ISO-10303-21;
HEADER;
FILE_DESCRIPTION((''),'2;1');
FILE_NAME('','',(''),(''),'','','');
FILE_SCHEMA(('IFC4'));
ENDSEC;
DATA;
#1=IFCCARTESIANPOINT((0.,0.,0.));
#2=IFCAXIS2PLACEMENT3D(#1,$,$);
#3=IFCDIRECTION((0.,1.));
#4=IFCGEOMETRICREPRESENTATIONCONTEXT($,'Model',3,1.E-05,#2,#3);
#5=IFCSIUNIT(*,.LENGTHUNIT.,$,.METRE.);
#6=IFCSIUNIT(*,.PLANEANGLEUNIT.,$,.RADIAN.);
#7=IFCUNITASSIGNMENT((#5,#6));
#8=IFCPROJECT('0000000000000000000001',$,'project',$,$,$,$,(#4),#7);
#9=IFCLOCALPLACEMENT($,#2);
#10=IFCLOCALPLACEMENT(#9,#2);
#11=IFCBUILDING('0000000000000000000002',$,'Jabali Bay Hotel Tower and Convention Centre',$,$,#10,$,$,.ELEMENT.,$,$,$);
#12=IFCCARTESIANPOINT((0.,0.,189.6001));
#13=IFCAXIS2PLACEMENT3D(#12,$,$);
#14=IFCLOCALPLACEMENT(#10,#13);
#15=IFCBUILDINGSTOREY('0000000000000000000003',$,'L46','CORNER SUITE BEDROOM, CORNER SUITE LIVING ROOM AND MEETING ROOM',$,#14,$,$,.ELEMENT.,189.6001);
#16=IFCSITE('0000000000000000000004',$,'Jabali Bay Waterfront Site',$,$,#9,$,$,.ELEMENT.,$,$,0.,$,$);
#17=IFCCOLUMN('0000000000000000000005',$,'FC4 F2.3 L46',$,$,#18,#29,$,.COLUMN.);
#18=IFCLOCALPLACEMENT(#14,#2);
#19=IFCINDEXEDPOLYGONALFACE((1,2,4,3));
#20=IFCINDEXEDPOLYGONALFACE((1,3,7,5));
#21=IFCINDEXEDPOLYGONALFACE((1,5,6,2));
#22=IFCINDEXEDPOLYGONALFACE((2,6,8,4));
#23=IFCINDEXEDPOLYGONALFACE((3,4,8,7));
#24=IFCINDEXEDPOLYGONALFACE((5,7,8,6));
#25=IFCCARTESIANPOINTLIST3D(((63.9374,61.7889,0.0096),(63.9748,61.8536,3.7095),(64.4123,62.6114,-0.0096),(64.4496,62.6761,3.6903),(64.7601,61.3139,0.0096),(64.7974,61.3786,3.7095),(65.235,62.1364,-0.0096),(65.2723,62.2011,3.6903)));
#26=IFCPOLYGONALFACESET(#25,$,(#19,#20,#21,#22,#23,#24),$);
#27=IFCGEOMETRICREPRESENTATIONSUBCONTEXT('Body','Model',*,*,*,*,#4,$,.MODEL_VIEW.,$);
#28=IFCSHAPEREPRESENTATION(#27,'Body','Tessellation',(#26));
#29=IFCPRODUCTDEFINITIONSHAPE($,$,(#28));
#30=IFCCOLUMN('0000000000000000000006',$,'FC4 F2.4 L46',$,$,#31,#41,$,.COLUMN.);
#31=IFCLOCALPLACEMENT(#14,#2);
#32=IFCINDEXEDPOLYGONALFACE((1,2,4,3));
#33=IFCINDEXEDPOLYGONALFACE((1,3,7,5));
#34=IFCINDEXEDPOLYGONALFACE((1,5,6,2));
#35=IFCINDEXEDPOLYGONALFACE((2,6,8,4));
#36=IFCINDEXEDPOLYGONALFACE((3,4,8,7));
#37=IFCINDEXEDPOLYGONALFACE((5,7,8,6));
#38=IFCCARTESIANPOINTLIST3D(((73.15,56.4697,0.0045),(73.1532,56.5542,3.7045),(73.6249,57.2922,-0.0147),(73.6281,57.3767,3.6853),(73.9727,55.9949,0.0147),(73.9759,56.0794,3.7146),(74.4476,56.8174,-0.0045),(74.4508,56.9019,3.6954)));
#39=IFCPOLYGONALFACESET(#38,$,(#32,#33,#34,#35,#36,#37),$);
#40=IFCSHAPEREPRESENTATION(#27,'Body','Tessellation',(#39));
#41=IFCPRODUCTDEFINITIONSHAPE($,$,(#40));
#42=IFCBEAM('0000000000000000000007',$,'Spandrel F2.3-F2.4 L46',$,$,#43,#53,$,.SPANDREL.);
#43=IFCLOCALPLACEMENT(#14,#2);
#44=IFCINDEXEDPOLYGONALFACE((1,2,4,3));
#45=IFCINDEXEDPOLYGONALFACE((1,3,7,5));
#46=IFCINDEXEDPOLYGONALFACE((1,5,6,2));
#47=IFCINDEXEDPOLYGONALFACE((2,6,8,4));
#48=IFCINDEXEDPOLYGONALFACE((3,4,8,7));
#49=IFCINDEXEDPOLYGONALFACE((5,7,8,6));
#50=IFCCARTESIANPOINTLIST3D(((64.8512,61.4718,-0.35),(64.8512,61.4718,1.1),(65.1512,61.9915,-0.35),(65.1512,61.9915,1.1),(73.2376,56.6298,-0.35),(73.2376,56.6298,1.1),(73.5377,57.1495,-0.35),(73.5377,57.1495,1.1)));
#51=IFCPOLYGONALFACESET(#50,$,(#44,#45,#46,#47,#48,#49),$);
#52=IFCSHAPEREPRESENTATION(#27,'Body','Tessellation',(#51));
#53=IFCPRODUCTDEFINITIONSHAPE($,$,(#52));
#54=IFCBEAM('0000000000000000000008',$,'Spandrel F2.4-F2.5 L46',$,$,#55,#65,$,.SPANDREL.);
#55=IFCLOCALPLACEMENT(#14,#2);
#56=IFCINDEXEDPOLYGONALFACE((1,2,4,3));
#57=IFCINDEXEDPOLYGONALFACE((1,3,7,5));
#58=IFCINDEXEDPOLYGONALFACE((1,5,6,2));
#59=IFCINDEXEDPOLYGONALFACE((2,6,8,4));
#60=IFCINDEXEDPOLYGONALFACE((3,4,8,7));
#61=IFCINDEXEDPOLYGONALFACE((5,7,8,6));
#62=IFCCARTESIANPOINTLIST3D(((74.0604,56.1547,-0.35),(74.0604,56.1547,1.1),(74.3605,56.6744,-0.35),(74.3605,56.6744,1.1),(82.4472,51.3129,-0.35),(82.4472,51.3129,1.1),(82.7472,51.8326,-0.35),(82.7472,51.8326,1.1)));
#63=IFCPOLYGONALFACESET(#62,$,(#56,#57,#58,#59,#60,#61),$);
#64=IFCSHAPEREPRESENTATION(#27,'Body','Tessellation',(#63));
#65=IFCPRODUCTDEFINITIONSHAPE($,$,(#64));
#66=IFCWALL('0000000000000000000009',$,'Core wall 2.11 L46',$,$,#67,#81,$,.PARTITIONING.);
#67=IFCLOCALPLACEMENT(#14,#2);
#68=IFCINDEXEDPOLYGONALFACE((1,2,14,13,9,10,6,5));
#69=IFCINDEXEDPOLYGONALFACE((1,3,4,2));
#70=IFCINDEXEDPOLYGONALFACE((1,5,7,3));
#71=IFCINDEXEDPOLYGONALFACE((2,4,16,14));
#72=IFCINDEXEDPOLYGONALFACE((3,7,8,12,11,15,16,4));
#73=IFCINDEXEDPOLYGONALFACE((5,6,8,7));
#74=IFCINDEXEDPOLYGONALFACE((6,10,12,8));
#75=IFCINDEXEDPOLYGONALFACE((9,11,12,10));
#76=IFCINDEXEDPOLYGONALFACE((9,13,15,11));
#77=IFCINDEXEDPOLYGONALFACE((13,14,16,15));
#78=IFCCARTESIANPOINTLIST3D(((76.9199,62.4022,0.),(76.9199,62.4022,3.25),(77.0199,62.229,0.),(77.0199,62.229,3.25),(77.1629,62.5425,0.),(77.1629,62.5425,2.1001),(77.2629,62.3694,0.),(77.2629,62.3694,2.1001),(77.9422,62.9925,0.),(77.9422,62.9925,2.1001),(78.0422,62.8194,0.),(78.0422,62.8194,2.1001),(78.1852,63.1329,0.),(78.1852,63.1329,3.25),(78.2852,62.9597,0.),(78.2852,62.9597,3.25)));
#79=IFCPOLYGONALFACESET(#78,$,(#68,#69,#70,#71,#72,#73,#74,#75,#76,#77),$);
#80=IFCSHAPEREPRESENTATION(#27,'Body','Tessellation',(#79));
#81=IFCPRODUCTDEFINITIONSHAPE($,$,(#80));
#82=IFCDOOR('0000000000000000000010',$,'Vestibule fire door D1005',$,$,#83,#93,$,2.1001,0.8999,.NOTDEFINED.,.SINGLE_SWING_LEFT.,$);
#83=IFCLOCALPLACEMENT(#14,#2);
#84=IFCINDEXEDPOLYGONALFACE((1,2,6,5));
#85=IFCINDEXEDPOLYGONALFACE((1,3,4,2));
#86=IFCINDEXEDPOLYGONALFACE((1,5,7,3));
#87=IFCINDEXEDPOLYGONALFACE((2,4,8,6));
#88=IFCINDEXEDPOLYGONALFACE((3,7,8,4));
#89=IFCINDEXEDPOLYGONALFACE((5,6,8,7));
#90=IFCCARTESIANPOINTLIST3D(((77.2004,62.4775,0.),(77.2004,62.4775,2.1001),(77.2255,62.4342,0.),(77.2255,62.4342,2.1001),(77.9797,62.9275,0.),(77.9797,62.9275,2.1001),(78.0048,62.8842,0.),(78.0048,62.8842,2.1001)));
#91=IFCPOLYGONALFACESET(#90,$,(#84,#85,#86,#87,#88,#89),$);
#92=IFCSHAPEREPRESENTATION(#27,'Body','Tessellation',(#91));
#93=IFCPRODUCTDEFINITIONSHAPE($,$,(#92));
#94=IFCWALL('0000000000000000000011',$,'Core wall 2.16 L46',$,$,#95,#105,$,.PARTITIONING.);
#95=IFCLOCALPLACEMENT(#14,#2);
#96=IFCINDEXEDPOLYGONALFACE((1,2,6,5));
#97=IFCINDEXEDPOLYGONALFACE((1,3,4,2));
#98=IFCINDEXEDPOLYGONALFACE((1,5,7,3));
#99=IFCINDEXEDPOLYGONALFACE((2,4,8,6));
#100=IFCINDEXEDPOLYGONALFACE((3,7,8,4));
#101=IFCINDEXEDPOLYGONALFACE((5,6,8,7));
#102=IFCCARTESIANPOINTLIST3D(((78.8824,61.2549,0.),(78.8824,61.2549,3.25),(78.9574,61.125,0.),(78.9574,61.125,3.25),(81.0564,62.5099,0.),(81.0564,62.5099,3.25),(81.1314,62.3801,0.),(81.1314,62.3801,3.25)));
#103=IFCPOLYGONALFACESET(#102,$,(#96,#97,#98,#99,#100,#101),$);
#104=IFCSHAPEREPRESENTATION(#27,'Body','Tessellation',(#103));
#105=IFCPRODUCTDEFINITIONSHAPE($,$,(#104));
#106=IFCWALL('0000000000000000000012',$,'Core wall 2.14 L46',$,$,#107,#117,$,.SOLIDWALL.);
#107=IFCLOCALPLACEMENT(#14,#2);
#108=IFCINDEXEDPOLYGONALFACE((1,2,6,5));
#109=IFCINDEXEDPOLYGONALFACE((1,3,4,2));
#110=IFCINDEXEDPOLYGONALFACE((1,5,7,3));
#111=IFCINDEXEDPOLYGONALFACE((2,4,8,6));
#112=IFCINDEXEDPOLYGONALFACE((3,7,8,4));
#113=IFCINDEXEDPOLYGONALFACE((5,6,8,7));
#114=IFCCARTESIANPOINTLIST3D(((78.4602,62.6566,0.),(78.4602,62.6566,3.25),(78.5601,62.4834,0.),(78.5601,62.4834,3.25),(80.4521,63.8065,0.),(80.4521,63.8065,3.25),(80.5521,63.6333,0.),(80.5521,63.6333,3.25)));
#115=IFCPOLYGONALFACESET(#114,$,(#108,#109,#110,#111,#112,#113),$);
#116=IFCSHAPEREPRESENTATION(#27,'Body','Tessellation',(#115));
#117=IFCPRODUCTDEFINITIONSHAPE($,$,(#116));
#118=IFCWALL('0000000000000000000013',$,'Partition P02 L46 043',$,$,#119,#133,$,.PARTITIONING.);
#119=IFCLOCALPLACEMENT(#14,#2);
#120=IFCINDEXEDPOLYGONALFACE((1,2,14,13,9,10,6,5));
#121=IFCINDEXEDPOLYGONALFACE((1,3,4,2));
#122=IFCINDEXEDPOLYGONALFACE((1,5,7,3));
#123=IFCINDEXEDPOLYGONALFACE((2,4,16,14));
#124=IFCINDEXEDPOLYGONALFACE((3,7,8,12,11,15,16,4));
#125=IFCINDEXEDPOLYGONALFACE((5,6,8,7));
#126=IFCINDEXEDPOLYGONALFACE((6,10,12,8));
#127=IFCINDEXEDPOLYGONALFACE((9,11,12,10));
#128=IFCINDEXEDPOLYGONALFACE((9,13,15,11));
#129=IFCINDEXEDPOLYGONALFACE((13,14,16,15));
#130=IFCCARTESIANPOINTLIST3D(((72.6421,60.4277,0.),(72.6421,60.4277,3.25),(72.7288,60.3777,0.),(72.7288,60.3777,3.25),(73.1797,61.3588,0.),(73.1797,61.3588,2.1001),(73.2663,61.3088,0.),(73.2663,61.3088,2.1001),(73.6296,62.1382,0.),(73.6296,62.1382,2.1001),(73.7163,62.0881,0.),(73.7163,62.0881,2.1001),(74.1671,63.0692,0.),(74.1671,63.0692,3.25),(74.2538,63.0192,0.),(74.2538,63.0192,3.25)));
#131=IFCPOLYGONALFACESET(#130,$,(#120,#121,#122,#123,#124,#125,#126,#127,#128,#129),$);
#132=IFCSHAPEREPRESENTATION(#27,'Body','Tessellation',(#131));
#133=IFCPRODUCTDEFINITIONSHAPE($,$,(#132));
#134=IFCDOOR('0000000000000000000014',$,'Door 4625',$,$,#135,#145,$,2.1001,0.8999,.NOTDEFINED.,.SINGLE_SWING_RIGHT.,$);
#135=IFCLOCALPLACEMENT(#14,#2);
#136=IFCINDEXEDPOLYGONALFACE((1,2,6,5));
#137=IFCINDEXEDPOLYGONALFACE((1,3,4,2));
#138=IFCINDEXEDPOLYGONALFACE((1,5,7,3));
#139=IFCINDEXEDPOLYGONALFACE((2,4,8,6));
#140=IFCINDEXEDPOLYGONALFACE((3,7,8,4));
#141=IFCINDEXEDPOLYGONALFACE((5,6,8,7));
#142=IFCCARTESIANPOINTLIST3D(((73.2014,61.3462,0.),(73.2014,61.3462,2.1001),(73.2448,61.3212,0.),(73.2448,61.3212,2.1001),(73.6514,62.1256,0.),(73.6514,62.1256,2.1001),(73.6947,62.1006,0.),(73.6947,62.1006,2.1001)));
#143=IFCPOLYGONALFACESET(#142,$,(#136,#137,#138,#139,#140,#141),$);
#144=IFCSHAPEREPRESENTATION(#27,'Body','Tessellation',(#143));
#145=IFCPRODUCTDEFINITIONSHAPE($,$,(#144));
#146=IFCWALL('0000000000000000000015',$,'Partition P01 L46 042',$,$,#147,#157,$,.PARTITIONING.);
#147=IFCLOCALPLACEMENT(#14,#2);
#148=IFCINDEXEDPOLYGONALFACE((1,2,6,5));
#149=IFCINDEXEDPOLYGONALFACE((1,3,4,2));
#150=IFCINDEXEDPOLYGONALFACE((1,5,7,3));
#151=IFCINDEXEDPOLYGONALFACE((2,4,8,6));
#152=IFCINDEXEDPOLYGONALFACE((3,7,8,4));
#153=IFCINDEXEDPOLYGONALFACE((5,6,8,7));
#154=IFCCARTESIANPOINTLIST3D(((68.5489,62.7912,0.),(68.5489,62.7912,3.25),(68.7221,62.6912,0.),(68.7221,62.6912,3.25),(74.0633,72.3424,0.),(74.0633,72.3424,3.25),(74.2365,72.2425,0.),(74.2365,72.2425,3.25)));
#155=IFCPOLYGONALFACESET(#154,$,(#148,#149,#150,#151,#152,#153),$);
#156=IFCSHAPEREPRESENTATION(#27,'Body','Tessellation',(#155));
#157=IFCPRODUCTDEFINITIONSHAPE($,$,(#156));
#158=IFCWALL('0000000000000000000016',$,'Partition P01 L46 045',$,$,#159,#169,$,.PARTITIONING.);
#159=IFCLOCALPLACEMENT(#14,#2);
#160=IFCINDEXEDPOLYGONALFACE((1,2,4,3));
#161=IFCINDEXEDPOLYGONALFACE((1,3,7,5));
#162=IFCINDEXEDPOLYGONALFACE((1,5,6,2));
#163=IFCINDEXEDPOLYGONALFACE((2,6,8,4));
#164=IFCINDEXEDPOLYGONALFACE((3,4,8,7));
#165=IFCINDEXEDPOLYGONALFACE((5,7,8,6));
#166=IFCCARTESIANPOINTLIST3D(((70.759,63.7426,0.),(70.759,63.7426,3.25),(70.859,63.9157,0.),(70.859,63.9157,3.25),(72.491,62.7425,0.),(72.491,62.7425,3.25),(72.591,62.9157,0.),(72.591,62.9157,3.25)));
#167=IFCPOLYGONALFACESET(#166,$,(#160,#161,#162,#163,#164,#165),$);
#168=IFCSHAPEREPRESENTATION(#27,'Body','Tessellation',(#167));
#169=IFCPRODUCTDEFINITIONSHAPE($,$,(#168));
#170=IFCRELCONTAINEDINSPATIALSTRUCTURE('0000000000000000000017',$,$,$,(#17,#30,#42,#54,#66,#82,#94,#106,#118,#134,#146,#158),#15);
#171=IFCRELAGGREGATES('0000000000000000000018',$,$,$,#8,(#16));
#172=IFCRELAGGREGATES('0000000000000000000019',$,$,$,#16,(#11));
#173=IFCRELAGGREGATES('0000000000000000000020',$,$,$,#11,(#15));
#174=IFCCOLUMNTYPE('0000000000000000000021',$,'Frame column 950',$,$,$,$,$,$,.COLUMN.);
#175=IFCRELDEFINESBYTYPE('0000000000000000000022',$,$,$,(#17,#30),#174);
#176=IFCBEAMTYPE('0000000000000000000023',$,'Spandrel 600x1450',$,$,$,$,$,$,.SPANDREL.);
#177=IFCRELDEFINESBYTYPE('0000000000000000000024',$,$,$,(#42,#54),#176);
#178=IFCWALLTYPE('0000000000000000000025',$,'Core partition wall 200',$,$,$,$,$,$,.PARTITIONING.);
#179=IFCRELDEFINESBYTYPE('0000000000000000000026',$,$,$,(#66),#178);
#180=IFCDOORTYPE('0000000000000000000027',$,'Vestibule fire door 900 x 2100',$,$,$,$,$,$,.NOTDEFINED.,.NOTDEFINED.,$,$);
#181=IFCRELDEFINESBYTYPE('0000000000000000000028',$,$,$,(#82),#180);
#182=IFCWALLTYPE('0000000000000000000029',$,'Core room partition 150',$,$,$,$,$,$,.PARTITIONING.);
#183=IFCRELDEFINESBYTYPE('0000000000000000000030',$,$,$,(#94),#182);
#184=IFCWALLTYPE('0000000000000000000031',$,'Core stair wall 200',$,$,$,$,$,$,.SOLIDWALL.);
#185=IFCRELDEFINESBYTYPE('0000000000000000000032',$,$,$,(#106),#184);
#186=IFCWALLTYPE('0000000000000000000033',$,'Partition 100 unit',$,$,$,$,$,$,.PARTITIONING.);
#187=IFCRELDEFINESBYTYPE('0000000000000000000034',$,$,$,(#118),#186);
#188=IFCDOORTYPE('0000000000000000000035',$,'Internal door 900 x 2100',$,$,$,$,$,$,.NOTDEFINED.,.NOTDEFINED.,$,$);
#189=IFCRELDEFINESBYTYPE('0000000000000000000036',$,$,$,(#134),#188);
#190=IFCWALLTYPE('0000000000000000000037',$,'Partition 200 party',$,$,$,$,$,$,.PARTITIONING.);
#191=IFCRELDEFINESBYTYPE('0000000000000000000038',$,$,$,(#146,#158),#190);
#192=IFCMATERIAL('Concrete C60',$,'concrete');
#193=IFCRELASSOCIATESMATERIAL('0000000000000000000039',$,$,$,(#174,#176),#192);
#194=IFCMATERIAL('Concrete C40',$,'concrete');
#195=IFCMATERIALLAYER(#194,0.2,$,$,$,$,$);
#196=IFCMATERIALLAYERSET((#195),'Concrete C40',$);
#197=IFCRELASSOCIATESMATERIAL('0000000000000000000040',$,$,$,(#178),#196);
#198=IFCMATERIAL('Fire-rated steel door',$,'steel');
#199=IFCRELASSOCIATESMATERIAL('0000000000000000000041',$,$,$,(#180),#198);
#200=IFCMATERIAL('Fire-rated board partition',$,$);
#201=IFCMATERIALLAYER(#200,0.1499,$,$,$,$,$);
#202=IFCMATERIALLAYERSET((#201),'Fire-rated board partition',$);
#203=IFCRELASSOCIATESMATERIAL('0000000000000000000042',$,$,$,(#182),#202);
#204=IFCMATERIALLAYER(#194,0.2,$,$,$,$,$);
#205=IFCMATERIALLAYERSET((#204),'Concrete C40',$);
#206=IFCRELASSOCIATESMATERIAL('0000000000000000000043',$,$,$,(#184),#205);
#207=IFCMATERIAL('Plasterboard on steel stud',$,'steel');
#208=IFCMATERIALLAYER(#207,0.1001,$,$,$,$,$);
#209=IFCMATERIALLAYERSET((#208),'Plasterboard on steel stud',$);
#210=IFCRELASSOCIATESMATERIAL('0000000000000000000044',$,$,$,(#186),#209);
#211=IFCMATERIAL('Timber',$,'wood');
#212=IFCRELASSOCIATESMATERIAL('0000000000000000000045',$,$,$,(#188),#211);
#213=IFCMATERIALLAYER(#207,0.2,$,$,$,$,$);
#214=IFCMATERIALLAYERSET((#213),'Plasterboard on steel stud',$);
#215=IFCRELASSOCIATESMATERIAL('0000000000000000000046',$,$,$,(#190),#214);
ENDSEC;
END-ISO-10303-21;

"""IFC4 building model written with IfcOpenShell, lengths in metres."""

from ifc_helpers import new_model, si_unit, direction, frame, frame_2d, origin, origin_2d, place, context, subcontext, project, spatial, rectangle, extrude, material, layer, layer_set, material_profile, profile_set, type_object, element, fill, save


model = new_model("IFC4")

# Units and contexts
model_context = context("Model", 3, precision=1e-05, world=origin(), true_north=direction((0.0, 1.0)))
body_context = subcontext(model_context, "Body", "Model", "MODEL_VIEW")
ifc_project = project(units=[si_unit("LENGTHUNIT", "METRE"), si_unit("PLANEANGLEUNIT", "RADIAN")], contexts=[model_context])

# Site, building, storey
site_placement = place(None, origin())
site = spatial("IfcSite", under=ifc_project, at=site_placement, Name="Jabali Bay Waterfront Site", CompositionType="ELEMENT", RefElevation=0.0)
building_placement = place(site_placement, origin())
building = spatial("IfcBuilding", under=site, at=building_placement, Name="Jabali Bay Hotel Tower and Convention Centre", CompositionType="ELEMENT")
storey_placement = place(building_placement, frame((0.0, 0.0, 189.6001)))
storey = spatial("IfcBuildingStorey", under=building, at=storey_placement, Name="L46", Description="CORNER SUITE BEDROOM, CORNER SUITE LIVING ROOM AND MEETING ROOM", CompositionType="ELEMENT", Elevation=189.6001)

# Columns
ifc_material_1 = material(Name="Concrete C60", Category="concrete")
ifc_material_profile_1 = material_profile(ifc_material_1, rectangle(XDim=0.95, YDim=0.95, at=origin_2d()), Name="Frame column 950")
ifc_profile_set_1 = profile_set([ifc_material_profile_1], Name="Concrete C60")
column_type = type_object("IfcColumnType", Name="Frame column 950", PredefinedType="COLUMN", material=ifc_profile_set_1)
column_1_placement = place(storey_placement, frame((64.5862, 61.9626, 0.0), z_axis=(0.010094, 0.017482, 0.999796), x_axis=(-0.499913, -0.86584, 0.020187)))
element("IfcColumn", 1, at=column_1_placement, inside=storey, type_object=column_type, Name="FC4 F2.3 L46", PredefinedType="COLUMN", context=body_context, shape_type="SweptSolid", body=[
    extrude(rectangle(XDim=0.95, YDim=0.95, at=origin_2d()), origin(), (0.0, 0.0, 1.0), 3.7007),
])
column_2_placement = place(storey_placement, frame((73.7988, 56.6436, 0.0), z_axis=(0.000858, 0.022825, 0.999739), x_axis=(-0.499949, -0.865819, 0.020196)))
element("IfcColumn", 2, at=column_2_placement, inside=storey, type_object=column_type, Name="FC4 F2.4 L46", PredefinedType="COLUMN", context=body_context, shape_type="SweptSolid", body=[
    extrude(rectangle(XDim=0.95, YDim=0.95, at=origin_2d()), origin(), (0.0, 0.0, 1.0), 3.7009),
])

# Beams
ifc_material_profile_2 = material_profile(ifc_material_1, rectangle(XDim=0.6001, YDim=1.45, at=origin_2d()), Name="Spandrel 600x1450")
ifc_profile_set_2 = profile_set([ifc_material_profile_2], Name="Concrete C60")
beam_type = type_object("IfcBeamType", Name="Spandrel 600x1450", PredefinedType="SPANDREL", material=ifc_profile_set_2)
beam_1_placement = place(storey_placement, frame((65.0012, 61.7317, 0.375), z_axis=(0.866021, -0.500008, 0.0), x_axis=(0.500008, 0.866021, 0.0)))
element("IfcBeam", 3, at=beam_1_placement, inside=storey, type_object=beam_type, Name="Spandrel F2.3-F2.4 L46", PredefinedType="SPANDREL", context=body_context, shape_type="SweptSolid", body=[
    extrude(rectangle(XDim=0.6001, YDim=1.45, at=origin_2d()), origin(), (0.0, 0.0, 1.0), 9.6838),
])
beam_2_placement = place(storey_placement, frame((74.2104, 56.4146, 0.375), z_axis=(0.866038, -0.499979, 0.0), x_axis=(0.499979, 0.866038, 0.0)))
element("IfcBeam", 4, at=beam_2_placement, inside=storey, type_object=beam_type, Name="Spandrel F2.4-F2.5 L46", PredefinedType="SPANDREL", context=body_context, shape_type="SweptSolid", body=[
    extrude(rectangle(XDim=0.6001, YDim=1.45, at=origin_2d()), origin(), (0.0, 0.0, 1.0), 9.6841),
])

# Wall, opening, door
ifc_material_2 = material(Name="Concrete C40", Category="concrete")
ifc_layer_1 = layer(ifc_material_2, 0.2)
ifc_layer_set_1 = layer_set([ifc_layer_1], Name="Concrete C40")
wall_type_1 = type_object("IfcWallType", Name="Core partition wall 200", PredefinedType="PARTITIONING", material=ifc_layer_set_1)
wall_1_placement = place(storey_placement, frame((76.97, 62.3157, 0.0), z_axis=(0.0, 0.0, 1.0), x_axis=(0.865982, 0.500074, 0.0)))
wall_1 = element("IfcWall", 5, at=wall_1_placement, inside=storey, type_object=wall_type_1, Name="Core wall 2.11 L46", PredefinedType="PARTITIONING", context=body_context, shape_type="SweptSolid", body=[
    extrude(rectangle(XDim=1.4612, YDim=0.2, at=frame_2d((0.7305, 0.0))), origin(), (0.0, 0.0, 1.0), 3.25),
])
opening_1_placement = place(wall_1_placement, frame((0.2805, 0.0, 0.0)))
opening_1 = element("IfcOpeningElement", 6, at=opening_1_placement, cuts=wall_1, PredefinedType="OPENING", context=body_context, shape_type="SweptSolid", body=[
    extrude(rectangle(XDim=0.8999, YDim=2.1001, at=frame_2d((0.45, 1.05))), frame((0.0, 0.1104, 0.0), z_axis=(0.0, -1.0, 0.0), x_axis=(1.0, 0.0, 0.0)), (0.0, 0.0, 1.0), 0.2209),
])
ifc_material_3 = material(Name="Fire-rated steel door", Category="steel")
door_type_1 = type_object("IfcDoorType", Name="Vestibule fire door 900 x 2100", OperationType="NOTDEFINED", PredefinedType="NOTDEFINED", material=ifc_material_3)
door_1_placement = place(opening_1_placement, origin())
door_1 = element("IfcDoor", 7, at=door_1_placement, inside=storey, type_object=door_type_1, Name="Vestibule fire door D1005", OperationType="SINGLE_SWING_LEFT", OverallHeight=2.1001, OverallWidth=0.8999, PredefinedType="NOTDEFINED", context=body_context, shape_type="SweptSolid", body=[
    extrude(rectangle(XDim=0.8999, YDim=2.1001, at=frame_2d((0.45, 1.05))), frame((0.0, 0.0249, 0.0), z_axis=(0.0, -1.0, 0.0), x_axis=(1.0, 0.0, 0.0)), (0.0, 0.0, 1.0), 0.05),
])
fill(opening_1, door_1)

# Walls
ifc_material_4 = material(Name="Fire-rated board partition")
ifc_layer_2 = layer(ifc_material_4, 0.1499)
ifc_layer_set_2 = layer_set([ifc_layer_2], Name="Fire-rated board partition")
wall_type_2 = type_object("IfcWallType", Name="Core room partition 150", PredefinedType="PARTITIONING", material=ifc_layer_set_2)
wall_2_placement = place(storey_placement, frame((78.9199, 61.1899, 0.0), z_axis=(0.0, 0.0, 1.0), x_axis=(0.866038, 0.499978, 0.0)))
element("IfcWall", 8, at=wall_2_placement, inside=storey, type_object=wall_type_2, Name="Core wall 2.16 L46", PredefinedType="PARTITIONING", context=body_context, shape_type="SweptSolid", body=[
    extrude(rectangle(XDim=2.5103, YDim=0.1499, at=frame_2d((1.2551, 0.0))), origin(), (0.0, 0.0, 1.0), 3.25),
])
ifc_layer_3 = layer(ifc_material_2, 0.2)
ifc_layer_set_3 = layer_set([ifc_layer_3], Name="Concrete C40")
wall_type_3 = type_object("IfcWallType", Name="Core stair wall 200", PredefinedType="SOLIDWALL", material=ifc_layer_set_3)
wall_3_placement = place(storey_placement, frame((78.5103, 62.5701, 0.0), z_axis=(0.0, 0.0, 1.0), x_axis=(0.866053, 0.499952, 0.0)))
element("IfcWall", 9, at=wall_3_placement, inside=storey, type_object=wall_type_3, Name="Core wall 2.14 L46", PredefinedType="SOLIDWALL", context=body_context, shape_type="SweptSolid", body=[
    extrude(rectangle(XDim=2.3, YDim=0.2, at=frame_2d((1.1499, 0.0))), origin(), (0.0, 0.0, 1.0), 3.25),
])

# Wall, opening, door
ifc_material_5 = material(Name="Plasterboard on steel stud", Category="steel")
ifc_layer_4 = layer(ifc_material_5, 0.1001)
ifc_layer_set_4 = layer_set([ifc_layer_4], Name="Plasterboard on steel stud")
wall_type_4 = type_object("IfcWallType", Name="Partition 100 unit", PredefinedType="PARTITIONING", material=ifc_layer_set_4)
wall_4_placement = place(storey_placement, frame((72.6855, 60.4028, 0.0), z_axis=(0.0, 0.0, 1.0), x_axis=(0.499979, 0.866038, 0.0)))
wall_4 = element("IfcWall", 10, at=wall_4_placement, inside=storey, type_object=wall_type_4, Name="Partition P02 L46 043", PredefinedType="PARTITIONING", context=body_context, shape_type="SweptSolid", body=[
    extrude(rectangle(XDim=3.05, YDim=0.1001, at=frame_2d((1.5249, 0.0))), origin(), (0.0, 0.0, 1.0), 3.25),
])
opening_2_placement = place(wall_4_placement, frame((1.075, 0.0, 0.0)))
opening_2 = element("IfcOpeningElement", 11, at=opening_2_placement, cuts=wall_4, PredefinedType="OPENING", context=body_context, shape_type="SweptSolid", body=[
    extrude(rectangle(XDim=0.8999, YDim=2.1001, at=frame_2d((0.45, 1.05))), frame((0.0, 0.0605, 0.0), z_axis=(0.0, -1.0, 0.0), x_axis=(1.0, 0.0, 0.0)), (0.0, 0.0, 1.0), 0.1211),
])
ifc_material_6 = material(Name="Timber", Category="wood")
door_type_2 = type_object("IfcDoorType", Name="Internal door 900 x 2100", OperationType="NOTDEFINED", PredefinedType="NOTDEFINED", material=ifc_material_6)
door_2_placement = place(opening_2_placement, origin())
door_2 = element("IfcDoor", 12, at=door_2_placement, inside=storey, type_object=door_type_2, Name="Door 4625", OperationType="SINGLE_SWING_RIGHT", OverallHeight=2.1001, OverallWidth=0.8999, PredefinedType="NOTDEFINED", context=body_context, shape_type="SweptSolid", body=[
    extrude(rectangle(XDim=0.8999, YDim=2.1001, at=frame_2d((0.45, 1.05))), frame((0.0, 0.0249, 0.0), z_axis=(0.0, -1.0, 0.0), x_axis=(1.0, 0.0, 0.0)), (0.0, 0.0, 1.0), 0.05),
])
fill(opening_2, door_2)

# Walls
ifc_layer_5 = layer(ifc_material_5, 0.2)
ifc_layer_set_5 = layer_set([ifc_layer_5], Name="Plasterboard on steel stud")
wall_type_5 = type_object("IfcWallType", Name="Partition 200 party", PredefinedType="PARTITIONING", material=ifc_layer_set_5)
wall_5_placement = place(storey_placement, frame((68.6355, 62.7412, 0.0), z_axis=(0.0, 0.0, 1.0), x_axis=(0.499998, 0.866026, 0.0)))
element("IfcWall", 13, at=wall_5_placement, inside=storey, type_object=wall_type_5, Name="Partition P01 L46 042", PredefinedType="PARTITIONING", context=body_context, shape_type="SweptSolid", body=[
    extrude(rectangle(XDim=11.0288, YDim=0.2, at=frame_2d((5.5144, 0.0))), origin(), (0.0, 0.0, 1.0), 3.25),
])
wall_6_placement = place(storey_placement, frame((72.541, 62.8291, 0.0), z_axis=(0.0, 0.0, 1.0), x_axis=(-0.866011, 0.500025, 0.0)))
element("IfcWall", 14, at=wall_6_placement, inside=storey, type_object=wall_type_5, Name="Partition P01 L46 045", PredefinedType="PARTITIONING", context=body_context, shape_type="SweptSolid", body=[
    extrude(rectangle(XDim=2.0, YDim=0.2, at=frame_2d((1.0, 0.0))), origin(), (0.0, 0.0, 1.0), 3.25),
])

save(model, "model.ifc")
